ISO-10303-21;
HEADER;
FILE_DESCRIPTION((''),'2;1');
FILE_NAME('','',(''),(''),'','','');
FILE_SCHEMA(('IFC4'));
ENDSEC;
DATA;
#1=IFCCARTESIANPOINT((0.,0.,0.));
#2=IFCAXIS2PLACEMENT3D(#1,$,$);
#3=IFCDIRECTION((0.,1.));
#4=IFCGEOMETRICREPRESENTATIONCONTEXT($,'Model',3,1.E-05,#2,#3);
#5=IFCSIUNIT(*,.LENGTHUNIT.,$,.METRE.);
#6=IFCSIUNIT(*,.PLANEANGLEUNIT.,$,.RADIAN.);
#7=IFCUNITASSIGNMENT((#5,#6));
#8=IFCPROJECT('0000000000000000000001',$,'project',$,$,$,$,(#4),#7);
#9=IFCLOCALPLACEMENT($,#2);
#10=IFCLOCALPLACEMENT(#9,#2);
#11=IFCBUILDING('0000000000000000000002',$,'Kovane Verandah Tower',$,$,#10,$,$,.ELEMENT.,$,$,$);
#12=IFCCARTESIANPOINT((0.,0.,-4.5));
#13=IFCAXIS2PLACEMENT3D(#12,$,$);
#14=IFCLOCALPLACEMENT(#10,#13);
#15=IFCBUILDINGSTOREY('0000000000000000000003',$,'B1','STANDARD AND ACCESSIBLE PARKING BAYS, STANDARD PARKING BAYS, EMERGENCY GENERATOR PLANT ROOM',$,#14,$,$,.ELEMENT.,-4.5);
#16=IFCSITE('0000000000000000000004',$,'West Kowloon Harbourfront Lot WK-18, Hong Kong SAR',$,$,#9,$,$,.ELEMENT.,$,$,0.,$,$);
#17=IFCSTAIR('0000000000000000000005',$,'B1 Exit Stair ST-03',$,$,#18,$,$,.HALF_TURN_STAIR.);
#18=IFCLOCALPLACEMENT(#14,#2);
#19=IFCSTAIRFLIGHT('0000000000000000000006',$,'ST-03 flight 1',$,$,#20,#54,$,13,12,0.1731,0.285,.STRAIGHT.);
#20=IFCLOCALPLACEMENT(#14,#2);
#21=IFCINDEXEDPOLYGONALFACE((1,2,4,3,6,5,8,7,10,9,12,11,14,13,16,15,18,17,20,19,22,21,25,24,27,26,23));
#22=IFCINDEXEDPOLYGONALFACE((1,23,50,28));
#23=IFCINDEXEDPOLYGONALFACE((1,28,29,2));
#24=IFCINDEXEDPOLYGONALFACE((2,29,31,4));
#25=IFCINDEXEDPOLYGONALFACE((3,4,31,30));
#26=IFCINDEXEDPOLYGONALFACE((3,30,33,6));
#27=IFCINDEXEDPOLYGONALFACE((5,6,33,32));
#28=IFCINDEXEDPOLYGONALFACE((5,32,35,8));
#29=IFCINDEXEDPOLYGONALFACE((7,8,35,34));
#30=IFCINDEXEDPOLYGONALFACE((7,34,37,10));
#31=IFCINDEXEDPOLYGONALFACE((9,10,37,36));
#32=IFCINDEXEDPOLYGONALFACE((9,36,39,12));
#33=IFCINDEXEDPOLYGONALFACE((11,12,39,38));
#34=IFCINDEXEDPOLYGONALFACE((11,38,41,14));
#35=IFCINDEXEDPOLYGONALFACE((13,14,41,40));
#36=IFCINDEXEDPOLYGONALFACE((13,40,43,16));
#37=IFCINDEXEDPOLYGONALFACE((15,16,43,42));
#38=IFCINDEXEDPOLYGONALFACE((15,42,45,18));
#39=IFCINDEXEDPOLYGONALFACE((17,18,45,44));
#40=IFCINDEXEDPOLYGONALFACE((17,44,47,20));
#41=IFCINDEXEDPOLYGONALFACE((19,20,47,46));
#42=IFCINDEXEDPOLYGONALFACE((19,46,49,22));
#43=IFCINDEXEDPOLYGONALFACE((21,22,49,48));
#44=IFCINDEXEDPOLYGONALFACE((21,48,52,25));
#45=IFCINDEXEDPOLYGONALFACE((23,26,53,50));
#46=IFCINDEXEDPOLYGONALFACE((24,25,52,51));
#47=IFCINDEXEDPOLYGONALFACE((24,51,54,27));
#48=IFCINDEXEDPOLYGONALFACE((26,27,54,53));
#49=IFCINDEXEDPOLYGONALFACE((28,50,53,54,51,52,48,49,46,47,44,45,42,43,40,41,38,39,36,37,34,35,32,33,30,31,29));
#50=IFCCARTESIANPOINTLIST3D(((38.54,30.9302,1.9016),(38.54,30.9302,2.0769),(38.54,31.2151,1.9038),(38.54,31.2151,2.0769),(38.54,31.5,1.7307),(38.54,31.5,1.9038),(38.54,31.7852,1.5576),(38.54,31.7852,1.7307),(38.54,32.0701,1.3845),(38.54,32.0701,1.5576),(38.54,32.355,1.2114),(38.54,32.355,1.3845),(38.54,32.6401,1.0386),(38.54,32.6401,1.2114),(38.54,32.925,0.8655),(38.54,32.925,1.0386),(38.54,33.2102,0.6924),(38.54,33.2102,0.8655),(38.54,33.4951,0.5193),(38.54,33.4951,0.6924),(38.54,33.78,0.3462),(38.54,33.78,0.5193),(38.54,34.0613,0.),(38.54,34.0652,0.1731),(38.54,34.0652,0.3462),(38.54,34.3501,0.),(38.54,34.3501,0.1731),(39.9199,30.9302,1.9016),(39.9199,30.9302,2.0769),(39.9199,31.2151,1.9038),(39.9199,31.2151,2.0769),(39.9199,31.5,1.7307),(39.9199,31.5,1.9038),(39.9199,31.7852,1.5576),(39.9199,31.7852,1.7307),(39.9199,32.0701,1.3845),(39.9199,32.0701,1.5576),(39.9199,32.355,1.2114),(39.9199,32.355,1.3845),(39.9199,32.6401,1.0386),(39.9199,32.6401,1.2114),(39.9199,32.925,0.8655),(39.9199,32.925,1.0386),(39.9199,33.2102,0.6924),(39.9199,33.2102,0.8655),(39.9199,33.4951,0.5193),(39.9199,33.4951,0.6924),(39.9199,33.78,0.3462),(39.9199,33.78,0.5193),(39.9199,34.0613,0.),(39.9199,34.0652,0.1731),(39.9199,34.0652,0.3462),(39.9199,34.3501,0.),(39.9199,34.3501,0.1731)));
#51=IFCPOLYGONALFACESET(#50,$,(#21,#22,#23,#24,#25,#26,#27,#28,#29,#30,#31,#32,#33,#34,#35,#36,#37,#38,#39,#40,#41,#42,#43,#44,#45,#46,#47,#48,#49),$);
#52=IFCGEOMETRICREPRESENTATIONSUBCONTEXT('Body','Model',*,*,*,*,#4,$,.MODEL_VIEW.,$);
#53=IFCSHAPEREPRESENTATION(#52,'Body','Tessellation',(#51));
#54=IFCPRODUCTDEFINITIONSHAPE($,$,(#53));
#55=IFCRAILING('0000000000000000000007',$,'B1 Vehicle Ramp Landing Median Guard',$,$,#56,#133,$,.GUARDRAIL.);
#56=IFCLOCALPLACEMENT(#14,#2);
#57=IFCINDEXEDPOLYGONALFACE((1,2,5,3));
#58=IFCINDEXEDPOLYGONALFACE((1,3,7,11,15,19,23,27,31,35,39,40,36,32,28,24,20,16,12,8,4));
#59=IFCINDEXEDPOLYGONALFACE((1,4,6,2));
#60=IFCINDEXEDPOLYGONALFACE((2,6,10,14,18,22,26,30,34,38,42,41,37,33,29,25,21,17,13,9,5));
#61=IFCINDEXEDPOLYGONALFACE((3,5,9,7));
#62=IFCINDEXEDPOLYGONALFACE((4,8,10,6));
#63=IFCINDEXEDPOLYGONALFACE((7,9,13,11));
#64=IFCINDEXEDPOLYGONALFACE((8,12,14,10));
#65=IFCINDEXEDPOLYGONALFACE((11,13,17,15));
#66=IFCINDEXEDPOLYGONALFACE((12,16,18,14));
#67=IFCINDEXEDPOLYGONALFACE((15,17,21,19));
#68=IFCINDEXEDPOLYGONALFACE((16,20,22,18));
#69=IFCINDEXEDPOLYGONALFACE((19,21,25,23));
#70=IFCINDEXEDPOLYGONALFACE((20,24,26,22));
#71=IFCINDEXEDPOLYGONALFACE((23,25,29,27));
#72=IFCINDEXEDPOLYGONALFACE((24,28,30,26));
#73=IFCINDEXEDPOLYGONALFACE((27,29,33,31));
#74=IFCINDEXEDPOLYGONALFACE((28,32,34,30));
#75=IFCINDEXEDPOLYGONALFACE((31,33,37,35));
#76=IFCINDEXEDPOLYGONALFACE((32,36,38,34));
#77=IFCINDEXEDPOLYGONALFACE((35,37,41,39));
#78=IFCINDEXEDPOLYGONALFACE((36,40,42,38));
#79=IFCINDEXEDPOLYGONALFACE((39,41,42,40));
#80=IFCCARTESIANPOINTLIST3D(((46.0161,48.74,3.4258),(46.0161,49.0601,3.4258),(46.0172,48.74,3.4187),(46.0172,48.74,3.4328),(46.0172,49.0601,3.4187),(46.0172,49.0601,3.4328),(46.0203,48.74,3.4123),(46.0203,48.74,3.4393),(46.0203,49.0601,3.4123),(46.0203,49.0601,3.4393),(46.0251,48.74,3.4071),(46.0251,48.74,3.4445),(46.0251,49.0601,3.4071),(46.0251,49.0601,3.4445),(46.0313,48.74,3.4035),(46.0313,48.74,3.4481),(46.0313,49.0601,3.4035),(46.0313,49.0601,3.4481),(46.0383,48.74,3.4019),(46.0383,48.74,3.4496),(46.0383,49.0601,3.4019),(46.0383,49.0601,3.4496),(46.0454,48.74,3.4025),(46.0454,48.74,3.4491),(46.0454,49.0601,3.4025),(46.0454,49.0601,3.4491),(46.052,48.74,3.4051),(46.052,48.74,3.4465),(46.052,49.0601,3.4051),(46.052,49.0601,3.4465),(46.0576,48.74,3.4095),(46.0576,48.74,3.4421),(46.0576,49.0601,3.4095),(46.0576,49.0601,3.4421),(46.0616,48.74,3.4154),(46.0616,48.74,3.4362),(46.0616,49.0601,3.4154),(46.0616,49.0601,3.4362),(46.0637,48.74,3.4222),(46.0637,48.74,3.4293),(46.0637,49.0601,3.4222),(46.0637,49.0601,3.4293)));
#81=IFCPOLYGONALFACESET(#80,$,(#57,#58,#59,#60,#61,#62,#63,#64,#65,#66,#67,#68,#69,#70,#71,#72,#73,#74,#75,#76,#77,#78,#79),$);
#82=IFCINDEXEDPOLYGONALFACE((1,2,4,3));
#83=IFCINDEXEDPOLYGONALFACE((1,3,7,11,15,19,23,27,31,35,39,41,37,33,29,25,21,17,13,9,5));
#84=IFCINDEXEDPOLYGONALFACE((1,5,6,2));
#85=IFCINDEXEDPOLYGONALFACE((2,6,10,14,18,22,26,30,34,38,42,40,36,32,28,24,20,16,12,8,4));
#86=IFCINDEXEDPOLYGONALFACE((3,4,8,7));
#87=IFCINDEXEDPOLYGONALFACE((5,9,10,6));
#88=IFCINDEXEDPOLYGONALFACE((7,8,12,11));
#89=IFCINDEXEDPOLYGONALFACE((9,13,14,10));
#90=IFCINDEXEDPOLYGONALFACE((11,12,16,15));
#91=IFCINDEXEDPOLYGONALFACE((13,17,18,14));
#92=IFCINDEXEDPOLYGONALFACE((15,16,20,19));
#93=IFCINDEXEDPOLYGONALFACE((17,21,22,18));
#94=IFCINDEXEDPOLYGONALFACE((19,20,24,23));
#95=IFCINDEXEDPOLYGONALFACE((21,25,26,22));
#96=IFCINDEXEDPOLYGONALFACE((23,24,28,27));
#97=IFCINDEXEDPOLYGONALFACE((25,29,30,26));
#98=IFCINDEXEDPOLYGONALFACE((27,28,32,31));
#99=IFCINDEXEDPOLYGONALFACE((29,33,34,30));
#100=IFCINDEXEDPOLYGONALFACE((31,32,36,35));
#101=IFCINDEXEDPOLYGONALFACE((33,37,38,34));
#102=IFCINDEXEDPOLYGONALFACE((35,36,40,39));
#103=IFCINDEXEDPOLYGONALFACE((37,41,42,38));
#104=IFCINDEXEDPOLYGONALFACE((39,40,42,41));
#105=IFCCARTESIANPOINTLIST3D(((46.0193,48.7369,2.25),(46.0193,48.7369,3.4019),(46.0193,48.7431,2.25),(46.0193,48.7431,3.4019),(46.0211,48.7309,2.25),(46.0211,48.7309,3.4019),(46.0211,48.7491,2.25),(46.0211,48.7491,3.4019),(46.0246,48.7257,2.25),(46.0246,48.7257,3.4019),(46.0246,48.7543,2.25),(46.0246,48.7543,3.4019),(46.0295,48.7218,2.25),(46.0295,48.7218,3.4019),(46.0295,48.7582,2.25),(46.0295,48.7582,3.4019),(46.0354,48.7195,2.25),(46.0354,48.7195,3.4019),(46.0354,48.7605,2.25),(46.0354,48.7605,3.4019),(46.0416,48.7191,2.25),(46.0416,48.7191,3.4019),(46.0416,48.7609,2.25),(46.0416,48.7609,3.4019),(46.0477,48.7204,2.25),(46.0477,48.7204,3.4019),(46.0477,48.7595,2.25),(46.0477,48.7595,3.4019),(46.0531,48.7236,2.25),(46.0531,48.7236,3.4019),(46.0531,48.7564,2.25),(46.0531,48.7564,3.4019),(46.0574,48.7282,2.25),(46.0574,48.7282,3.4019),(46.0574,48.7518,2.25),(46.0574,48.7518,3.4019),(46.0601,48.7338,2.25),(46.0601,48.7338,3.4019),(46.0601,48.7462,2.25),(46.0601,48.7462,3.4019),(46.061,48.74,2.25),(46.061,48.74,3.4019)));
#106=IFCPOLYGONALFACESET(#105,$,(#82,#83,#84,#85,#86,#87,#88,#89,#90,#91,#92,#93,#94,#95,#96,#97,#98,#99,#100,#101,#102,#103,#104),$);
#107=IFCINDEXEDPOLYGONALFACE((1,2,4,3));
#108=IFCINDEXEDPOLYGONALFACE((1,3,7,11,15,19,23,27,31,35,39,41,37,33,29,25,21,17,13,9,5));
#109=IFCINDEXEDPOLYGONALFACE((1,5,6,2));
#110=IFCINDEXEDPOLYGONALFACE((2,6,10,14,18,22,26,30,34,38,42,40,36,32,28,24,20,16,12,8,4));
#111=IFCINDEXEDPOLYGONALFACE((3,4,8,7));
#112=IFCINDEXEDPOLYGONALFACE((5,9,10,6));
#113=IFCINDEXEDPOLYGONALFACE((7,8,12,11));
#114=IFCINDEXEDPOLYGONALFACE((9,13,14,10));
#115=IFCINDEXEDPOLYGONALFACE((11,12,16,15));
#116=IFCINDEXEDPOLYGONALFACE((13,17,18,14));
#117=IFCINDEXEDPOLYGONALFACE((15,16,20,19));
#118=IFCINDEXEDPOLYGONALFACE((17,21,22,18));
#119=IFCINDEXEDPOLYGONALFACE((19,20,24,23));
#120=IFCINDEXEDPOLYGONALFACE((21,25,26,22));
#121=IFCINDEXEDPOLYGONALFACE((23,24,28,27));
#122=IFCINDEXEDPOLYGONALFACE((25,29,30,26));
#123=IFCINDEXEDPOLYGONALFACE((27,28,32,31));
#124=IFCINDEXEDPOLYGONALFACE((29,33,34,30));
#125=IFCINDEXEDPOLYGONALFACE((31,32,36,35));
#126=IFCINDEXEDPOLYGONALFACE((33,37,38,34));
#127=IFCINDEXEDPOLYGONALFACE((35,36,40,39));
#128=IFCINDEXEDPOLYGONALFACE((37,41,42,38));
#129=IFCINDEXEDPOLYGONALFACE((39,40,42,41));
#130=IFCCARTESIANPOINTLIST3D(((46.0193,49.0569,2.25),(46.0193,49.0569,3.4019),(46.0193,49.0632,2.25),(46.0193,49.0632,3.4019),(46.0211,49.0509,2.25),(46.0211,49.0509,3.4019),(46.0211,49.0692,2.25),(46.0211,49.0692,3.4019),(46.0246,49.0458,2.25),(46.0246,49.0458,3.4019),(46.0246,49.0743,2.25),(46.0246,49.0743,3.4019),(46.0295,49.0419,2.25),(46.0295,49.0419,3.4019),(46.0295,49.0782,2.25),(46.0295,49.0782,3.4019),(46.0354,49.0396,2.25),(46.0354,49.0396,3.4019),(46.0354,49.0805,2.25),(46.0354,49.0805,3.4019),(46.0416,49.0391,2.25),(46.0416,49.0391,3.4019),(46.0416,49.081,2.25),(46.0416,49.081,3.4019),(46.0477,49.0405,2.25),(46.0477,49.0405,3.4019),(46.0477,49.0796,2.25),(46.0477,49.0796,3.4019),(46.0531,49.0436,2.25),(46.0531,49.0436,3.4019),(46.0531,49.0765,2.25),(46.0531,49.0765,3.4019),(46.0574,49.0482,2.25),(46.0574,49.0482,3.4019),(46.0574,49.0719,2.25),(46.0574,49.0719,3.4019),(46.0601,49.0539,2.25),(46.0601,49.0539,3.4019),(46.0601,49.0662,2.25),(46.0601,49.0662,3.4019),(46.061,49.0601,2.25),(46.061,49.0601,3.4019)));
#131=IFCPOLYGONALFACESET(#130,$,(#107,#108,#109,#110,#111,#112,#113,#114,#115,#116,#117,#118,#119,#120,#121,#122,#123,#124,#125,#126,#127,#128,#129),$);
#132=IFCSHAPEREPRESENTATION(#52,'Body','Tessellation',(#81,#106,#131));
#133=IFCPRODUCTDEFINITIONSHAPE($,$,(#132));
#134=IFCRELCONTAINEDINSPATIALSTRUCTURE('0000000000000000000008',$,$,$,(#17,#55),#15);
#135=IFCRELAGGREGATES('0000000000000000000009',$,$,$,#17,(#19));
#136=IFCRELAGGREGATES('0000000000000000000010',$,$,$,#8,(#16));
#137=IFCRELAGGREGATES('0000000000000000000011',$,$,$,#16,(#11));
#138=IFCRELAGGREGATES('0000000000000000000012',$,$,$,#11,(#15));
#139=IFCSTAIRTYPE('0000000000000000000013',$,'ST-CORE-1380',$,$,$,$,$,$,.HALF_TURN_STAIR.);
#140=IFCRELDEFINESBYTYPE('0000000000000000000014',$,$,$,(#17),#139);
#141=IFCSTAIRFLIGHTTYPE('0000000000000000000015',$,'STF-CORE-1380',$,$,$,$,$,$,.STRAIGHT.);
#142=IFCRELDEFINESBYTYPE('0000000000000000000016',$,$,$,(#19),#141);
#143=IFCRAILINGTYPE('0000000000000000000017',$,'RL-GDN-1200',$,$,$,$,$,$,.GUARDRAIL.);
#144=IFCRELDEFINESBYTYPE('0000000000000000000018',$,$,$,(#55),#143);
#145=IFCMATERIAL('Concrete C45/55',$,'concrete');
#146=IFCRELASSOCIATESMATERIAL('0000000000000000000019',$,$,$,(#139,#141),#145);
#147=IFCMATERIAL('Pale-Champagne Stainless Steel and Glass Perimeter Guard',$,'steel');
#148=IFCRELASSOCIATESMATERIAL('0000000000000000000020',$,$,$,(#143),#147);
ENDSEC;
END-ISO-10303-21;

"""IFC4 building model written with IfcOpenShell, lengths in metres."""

from ifc_helpers import new_model, si_unit, direction, frame, origin, origin_2d, place, context, subcontext, project, spatial, polyline, circle, outline, extrude, material, type_object, element, aggregate, save


model = new_model("IFC4")

# Units and contexts
model_context = context("Model", 3, precision=1e-05, world=origin(), true_north=direction((0.0, 1.0)))
body_context = subcontext(model_context, "Body", "Model", "MODEL_VIEW")
ifc_project = project(units=[si_unit("LENGTHUNIT", "METRE"), si_unit("PLANEANGLEUNIT", "RADIAN")], contexts=[model_context])

# Site, building, storey
site_placement = place(None, origin())
site = spatial("IfcSite", under=ifc_project, at=site_placement, Name="West Kowloon Harbourfront Lot WK-18, Hong Kong SAR", CompositionType="ELEMENT", RefElevation=0.0)
building_placement = place(site_placement, origin())
building = spatial("IfcBuilding", under=site, at=building_placement, Name="Kovane Verandah Tower", CompositionType="ELEMENT")
storey_placement = place(building_placement, frame((0.0, 0.0, -4.5)))
storey = spatial("IfcBuildingStorey", under=building, at=storey_placement, Name="B1", Description="STANDARD AND ACCESSIBLE PARKING BAYS, STANDARD PARKING BAYS, EMERGENCY GENERATOR PLANT ROOM", CompositionType="ELEMENT", Elevation=-4.5)

# Shared definitions
ifc_material_1 = material(Name="Concrete C45/55", Category="concrete")

# Stair, stair flight
stair_type = type_object("IfcStairType", Name="ST-CORE-1380", PredefinedType="HALF_TURN_STAIR", material=ifc_material_1)
stair_placement = place(storey_placement, origin())
stair = element("IfcStair", 1, at=stair_placement, inside=storey, type_object=stair_type, Name="B1 Exit Stair ST-03", PredefinedType="HALF_TURN_STAIR")
stair_flight_type = type_object("IfcStairFlightType", Name="STF-CORE-1380", PredefinedType="STRAIGHT", material=ifc_material_1)
stair_flight_placement = place(storey_placement, frame((39.23, 34.3501, 0.0), z_axis=(0.0, 0.0, 1.0), x_axis=(0.0, -1.0, 0.0)))
stair_flight = element("IfcStairFlight", 2, at=stair_flight_placement, type_object=stair_flight_type, Name="ST-03 flight 1", NumberOfRisers=13, NumberOfTreads=12, PredefinedType="STRAIGHT", RiserHeight=0.1731, TreadLength=0.285, context=body_context, shape_type="SweptSolid", body=[
    extrude(outline(polyline([(0.0, 0.0), (0.0, 0.1731), (0.2849, 0.1731), (0.2849, 0.3462), (0.5701, 0.3462), (0.5701, 0.5193), (0.855, 0.5193), (0.855, 0.6924), (1.1399, 0.6924), (1.1399, 0.8655), (1.425, 0.8655), (1.425, 1.0386), (1.71, 1.0386), (1.71, 1.2114), (1.9951, 1.2114), (1.9951, 1.3845), (2.28, 1.3845), (2.28, 1.5576), (2.5649, 1.5576), (2.5649, 1.7307), (2.8501, 1.7307), (2.8501, 1.9038), (3.135, 1.9038), (3.135, 2.0769), (3.4199, 2.0769), (3.4199, 2.25), (3.4199, 1.9016), (0.2888, 0.0), (0.0, 0.0)])), frame((0.0, 0.6899, 0.0), z_axis=(0.0, -1.0, 0.0), x_axis=(1.0, 0.0, 0.0)), (0.0, 0.0, 1.0), 1.3799),
])
aggregate(stair, [stair_flight])

# Railing
ifc_material_2 = material(Name="Pale-Champagne Stainless Steel and Glass Perimeter Guard", Category="steel")
railing_type_1 = type_object("IfcRailingType", Name="RL-GDN-1200", PredefinedType="GUARDRAIL", material=ifc_material_2)
railing_1_placement = place(storey_placement, frame((46.04, 48.74, 2.25)))
element("IfcRailing", 3, at=railing_1_placement, inside=storey, type_object=railing_type_1, Name="B1 Vehicle Ramp Landing Median Guard", PredefinedType="GUARDRAIL", context=body_context, shape_type="SweptSolid", body=[
    extrude(circle(Radius=0.0239, at=origin_2d()), frame((0.0, 0.0, 1.1758), z_axis=(0.0, 1.0, 0.0), x_axis=(-1.0, 0.0, 0.0)), (0.0, 0.0, 1.0), 0.3201),
    extrude(circle(Radius=0.021, at=origin_2d()), origin(), (0.0, 0.0, 1.0), 1.1519),
    extrude(circle(Radius=0.021, at=origin_2d()), frame((0.0, 0.3201, 0.0)), (0.0, 0.0, 1.0), 1.1519),
])

save(model, "model.ifc")
